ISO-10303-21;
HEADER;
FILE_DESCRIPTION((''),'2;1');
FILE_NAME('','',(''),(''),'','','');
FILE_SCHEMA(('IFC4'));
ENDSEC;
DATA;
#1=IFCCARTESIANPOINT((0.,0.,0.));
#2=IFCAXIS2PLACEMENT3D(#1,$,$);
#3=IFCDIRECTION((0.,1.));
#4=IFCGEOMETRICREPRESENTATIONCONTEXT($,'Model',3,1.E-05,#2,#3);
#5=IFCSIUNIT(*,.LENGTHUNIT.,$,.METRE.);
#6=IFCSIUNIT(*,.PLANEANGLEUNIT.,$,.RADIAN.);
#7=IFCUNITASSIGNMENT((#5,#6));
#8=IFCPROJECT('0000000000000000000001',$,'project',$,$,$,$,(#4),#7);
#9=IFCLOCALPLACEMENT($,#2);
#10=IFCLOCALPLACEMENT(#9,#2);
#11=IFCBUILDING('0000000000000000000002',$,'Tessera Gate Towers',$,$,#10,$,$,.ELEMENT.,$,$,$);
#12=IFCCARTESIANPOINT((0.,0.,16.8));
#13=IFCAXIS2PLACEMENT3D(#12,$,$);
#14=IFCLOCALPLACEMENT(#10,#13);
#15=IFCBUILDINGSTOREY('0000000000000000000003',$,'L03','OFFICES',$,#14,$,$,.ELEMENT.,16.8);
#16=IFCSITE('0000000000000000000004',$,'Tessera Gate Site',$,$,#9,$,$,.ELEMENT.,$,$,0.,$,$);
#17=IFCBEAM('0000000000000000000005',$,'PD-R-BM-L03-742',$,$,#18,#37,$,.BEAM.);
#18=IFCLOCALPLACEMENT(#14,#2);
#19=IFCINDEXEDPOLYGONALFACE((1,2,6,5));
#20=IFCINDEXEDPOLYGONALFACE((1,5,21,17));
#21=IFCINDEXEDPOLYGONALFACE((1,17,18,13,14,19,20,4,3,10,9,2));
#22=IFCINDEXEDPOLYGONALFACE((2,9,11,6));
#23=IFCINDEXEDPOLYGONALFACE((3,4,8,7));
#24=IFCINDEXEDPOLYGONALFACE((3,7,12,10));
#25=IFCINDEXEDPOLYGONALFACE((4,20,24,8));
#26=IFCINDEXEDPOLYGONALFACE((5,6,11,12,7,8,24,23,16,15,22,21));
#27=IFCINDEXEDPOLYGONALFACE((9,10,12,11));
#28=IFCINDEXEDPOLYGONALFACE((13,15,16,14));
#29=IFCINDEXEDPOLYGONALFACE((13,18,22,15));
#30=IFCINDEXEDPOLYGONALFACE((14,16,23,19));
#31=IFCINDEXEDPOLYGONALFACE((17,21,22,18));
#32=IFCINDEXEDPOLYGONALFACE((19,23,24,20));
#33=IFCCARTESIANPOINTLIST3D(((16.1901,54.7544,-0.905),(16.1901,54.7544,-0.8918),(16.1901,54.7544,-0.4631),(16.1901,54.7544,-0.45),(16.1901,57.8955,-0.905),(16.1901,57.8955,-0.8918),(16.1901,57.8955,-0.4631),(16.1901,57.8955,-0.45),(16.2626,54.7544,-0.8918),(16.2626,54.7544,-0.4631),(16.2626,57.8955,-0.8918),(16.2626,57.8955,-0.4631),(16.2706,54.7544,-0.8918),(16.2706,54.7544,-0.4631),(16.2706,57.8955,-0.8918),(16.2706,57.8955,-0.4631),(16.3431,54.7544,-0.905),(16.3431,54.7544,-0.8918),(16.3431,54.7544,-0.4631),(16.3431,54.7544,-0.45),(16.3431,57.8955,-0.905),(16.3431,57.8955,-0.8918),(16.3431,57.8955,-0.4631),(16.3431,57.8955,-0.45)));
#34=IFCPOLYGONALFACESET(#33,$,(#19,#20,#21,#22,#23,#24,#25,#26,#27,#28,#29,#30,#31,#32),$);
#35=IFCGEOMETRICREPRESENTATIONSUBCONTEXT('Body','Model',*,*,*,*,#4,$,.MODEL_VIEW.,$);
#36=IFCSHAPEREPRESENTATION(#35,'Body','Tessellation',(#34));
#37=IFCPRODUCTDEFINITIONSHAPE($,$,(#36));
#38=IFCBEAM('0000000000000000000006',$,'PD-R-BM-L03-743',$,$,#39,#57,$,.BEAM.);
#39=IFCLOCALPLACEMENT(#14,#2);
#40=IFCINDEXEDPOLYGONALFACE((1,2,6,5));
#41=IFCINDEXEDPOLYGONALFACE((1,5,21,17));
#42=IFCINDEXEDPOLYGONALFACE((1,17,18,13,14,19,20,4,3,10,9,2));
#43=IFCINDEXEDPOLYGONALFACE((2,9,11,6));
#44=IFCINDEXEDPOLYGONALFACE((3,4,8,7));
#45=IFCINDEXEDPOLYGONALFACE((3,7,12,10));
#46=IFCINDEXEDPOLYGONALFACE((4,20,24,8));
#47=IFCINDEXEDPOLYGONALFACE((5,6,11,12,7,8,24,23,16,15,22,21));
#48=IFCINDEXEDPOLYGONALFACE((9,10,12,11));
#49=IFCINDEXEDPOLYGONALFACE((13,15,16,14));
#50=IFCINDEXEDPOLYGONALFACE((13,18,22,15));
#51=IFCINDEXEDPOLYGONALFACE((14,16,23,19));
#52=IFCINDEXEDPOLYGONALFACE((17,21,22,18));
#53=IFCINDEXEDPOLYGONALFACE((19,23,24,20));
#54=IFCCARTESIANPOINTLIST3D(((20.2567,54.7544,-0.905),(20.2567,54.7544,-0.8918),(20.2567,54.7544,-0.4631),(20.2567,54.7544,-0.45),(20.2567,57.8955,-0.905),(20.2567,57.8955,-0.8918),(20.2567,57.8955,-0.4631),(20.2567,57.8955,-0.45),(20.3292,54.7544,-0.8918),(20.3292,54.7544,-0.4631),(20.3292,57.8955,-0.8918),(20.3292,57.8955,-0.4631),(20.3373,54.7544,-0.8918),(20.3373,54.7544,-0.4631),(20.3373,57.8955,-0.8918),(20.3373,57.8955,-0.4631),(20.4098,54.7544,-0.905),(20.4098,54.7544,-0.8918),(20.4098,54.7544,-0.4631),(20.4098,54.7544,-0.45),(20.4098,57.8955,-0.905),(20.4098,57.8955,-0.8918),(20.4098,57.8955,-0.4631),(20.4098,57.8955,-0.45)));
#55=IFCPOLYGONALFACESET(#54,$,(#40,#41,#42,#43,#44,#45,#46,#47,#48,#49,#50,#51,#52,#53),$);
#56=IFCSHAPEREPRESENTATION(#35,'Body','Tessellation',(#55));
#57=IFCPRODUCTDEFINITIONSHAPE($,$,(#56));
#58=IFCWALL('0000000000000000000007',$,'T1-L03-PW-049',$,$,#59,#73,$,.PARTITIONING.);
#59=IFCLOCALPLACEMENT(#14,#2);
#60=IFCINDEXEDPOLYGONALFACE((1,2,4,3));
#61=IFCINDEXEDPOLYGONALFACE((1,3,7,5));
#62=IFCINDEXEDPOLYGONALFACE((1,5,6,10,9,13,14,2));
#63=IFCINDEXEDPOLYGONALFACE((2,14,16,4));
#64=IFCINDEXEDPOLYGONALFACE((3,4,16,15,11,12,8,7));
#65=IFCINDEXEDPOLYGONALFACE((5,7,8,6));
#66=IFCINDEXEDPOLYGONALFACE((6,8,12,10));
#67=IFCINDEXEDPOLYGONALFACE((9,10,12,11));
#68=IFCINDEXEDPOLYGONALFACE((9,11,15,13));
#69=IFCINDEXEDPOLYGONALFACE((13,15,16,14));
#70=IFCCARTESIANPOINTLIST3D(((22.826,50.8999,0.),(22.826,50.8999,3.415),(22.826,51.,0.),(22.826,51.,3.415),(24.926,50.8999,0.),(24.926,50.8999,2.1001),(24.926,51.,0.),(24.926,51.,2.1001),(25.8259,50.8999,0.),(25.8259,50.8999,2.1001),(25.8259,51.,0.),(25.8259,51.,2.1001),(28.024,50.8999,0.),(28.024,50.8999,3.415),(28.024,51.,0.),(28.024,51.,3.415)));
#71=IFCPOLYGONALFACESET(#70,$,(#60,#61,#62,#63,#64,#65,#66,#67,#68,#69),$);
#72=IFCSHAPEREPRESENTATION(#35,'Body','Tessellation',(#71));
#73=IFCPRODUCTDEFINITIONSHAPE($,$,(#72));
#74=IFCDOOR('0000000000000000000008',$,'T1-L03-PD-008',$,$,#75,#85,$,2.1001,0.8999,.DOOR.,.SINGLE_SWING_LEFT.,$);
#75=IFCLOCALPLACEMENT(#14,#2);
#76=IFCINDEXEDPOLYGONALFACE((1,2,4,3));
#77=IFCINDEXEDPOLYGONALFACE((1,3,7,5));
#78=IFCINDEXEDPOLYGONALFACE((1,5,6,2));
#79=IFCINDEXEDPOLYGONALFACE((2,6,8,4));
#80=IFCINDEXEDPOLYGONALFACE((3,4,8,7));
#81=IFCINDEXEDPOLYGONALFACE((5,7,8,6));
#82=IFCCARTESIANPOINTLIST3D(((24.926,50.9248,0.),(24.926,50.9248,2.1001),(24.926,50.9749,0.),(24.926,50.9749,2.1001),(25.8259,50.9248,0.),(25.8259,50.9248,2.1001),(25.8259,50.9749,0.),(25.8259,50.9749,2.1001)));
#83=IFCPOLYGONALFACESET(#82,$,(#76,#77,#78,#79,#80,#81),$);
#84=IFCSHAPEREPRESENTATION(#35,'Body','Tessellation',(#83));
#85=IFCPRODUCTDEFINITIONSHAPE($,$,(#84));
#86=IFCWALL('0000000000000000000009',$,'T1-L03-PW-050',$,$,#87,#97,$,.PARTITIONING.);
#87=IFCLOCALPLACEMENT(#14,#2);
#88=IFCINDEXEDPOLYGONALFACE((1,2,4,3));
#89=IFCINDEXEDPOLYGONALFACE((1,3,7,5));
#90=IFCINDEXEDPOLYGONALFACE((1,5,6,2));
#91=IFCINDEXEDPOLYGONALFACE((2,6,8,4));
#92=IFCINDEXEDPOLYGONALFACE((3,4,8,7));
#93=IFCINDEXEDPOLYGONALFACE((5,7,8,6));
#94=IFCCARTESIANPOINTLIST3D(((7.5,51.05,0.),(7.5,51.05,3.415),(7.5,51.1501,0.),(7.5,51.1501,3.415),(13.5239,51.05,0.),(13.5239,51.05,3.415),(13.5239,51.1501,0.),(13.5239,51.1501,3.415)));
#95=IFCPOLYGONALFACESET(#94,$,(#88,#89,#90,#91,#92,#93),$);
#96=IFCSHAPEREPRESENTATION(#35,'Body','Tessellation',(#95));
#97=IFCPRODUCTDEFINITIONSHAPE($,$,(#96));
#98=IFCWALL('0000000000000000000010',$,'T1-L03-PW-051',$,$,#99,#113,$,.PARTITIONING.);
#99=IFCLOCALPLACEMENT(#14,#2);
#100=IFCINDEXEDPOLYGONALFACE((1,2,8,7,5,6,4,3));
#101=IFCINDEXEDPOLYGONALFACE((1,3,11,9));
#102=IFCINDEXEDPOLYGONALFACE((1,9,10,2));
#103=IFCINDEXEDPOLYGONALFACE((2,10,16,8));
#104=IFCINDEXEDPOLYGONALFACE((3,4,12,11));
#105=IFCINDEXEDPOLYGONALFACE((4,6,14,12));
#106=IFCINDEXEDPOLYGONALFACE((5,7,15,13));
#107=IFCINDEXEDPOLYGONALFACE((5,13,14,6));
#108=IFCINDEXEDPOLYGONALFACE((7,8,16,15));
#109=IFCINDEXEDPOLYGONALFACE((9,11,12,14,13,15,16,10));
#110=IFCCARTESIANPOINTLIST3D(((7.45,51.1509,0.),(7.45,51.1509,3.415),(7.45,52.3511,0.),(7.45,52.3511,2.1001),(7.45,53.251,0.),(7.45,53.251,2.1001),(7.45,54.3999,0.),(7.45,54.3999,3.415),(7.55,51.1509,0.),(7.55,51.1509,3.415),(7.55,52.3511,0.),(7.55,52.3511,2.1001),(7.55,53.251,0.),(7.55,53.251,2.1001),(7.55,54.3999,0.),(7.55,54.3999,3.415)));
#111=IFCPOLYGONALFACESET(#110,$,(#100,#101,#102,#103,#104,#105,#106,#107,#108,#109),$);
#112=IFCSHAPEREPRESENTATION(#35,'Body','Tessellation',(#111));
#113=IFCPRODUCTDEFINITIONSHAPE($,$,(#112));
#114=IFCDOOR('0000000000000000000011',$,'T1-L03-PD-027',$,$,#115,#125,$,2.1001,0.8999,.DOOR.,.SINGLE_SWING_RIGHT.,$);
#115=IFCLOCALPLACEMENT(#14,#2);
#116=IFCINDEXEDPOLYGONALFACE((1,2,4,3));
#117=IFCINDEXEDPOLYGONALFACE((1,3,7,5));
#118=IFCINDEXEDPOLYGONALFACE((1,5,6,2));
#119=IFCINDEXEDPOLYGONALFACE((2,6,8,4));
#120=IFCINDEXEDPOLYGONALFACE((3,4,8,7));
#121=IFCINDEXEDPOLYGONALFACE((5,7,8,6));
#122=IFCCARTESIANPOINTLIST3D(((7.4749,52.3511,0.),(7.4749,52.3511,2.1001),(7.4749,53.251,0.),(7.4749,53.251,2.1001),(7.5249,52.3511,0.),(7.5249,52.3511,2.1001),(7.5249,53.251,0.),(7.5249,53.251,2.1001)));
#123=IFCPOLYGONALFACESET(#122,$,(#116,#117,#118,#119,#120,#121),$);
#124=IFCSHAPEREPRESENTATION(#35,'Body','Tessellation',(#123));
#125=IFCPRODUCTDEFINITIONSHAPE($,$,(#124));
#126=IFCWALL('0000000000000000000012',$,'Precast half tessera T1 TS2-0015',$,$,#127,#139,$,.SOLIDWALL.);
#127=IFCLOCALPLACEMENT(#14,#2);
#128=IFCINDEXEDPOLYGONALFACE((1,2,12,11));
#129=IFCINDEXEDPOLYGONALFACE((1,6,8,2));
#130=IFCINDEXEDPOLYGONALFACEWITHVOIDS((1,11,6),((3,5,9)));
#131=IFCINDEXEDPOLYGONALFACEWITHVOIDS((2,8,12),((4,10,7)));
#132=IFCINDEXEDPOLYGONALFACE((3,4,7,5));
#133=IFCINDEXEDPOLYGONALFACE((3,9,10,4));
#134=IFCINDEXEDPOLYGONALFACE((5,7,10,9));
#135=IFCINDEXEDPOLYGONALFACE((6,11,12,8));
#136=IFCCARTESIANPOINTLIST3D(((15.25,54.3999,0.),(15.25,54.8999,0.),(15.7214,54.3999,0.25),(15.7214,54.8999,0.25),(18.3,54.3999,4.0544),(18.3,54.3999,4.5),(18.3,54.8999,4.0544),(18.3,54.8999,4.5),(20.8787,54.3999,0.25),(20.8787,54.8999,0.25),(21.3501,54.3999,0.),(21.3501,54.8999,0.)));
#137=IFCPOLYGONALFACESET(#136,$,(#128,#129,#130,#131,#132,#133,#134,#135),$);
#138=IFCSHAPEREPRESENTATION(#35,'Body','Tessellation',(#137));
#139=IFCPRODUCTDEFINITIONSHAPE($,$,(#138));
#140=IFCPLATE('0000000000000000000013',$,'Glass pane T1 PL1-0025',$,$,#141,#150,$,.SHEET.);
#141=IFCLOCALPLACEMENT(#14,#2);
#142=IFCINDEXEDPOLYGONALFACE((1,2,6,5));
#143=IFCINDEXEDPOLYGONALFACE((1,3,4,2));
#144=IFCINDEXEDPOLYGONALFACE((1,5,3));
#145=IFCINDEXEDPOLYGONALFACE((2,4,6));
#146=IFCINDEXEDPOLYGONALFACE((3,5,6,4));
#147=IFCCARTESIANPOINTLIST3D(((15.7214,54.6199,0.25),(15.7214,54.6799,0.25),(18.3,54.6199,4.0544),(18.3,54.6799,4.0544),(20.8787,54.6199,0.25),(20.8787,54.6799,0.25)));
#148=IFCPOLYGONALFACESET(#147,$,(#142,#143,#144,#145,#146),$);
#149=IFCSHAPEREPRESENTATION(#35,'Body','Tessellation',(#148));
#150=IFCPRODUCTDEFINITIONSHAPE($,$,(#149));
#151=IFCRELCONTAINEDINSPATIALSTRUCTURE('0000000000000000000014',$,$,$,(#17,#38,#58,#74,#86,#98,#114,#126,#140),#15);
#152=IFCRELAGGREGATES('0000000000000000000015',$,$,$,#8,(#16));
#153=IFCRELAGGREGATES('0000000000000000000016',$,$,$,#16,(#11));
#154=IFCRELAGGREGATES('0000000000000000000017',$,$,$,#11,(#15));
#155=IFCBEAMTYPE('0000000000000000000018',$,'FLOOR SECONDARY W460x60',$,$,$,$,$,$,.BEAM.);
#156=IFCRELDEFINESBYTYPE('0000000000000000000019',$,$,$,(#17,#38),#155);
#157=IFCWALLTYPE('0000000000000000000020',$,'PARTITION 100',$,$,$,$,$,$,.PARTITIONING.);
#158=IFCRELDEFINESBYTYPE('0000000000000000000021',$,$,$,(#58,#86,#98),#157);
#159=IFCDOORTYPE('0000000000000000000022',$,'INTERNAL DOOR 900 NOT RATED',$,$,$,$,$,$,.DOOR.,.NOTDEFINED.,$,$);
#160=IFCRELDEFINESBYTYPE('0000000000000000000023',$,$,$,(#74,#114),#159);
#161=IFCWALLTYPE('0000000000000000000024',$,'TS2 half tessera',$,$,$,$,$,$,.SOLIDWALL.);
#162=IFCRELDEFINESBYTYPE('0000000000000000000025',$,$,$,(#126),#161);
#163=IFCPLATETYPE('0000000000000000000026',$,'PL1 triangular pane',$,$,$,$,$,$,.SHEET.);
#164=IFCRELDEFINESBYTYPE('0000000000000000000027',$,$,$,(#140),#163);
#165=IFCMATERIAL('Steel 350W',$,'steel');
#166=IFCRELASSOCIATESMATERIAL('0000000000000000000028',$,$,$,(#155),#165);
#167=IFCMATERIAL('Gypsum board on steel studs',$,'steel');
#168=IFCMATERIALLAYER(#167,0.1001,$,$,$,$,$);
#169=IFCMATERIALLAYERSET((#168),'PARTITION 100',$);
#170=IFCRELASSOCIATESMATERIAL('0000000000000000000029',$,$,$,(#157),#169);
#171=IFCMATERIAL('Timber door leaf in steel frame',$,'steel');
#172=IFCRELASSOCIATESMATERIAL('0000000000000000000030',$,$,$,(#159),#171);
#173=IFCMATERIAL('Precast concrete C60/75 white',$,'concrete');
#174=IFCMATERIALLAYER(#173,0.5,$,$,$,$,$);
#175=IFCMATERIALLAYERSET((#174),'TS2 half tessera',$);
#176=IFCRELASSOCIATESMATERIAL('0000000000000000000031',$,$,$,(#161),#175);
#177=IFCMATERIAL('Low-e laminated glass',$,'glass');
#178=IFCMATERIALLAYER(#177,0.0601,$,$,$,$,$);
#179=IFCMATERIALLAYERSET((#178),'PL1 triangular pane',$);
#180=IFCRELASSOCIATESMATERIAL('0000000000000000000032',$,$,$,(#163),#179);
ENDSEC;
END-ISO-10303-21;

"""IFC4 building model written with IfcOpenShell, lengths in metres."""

from ifc_helpers import new_model, si_unit, direction, frame, frame_2d, origin, origin_2d, place, context, subcontext, project, spatial, polyline, rectangle, i_section, outline, extrude, source, transform, mapped, material, layer, layer_set, material_profile, profile_set, type_object, element, fill, save


model = new_model("IFC4")

# Units and contexts
model_context = context("Model", 3, precision=1e-05, world=origin(), true_north=direction((0.0, 1.0)))
body_context = subcontext(model_context, "Body", "Model", "MODEL_VIEW")
ifc_project = project(units=[si_unit("LENGTHUNIT", "METRE"), si_unit("PLANEANGLEUNIT", "RADIAN")], contexts=[model_context])

# Site, building, storey
site_placement = place(None, origin())
site = spatial("IfcSite", under=ifc_project, at=site_placement, Name="Tessera Gate Site", CompositionType="ELEMENT", RefElevation=0.0)
building_placement = place(site_placement, origin())
building = spatial("IfcBuilding", under=site, at=building_placement, Name="Tessera Gate Towers", CompositionType="ELEMENT")
storey_placement = place(building_placement, frame((0.0, 0.0, 16.8)))
storey = spatial("IfcBuildingStorey", under=building, at=storey_placement, Name="L03", Description="OFFICES", CompositionType="ELEMENT", Elevation=16.8)

# Beams
ifc_material_1 = material(Name="Steel 350W", Category="steel")
ifc_material_profile_1 = material_profile(ifc_material_1, i_section(OverallWidth=0.1531, OverallDepth=0.4551, WebThickness=0.0081, FlangeThickness=0.0132, at=origin_2d()), Name="W460x60")
ifc_profile_set_1 = profile_set([ifc_material_profile_1], Name="Steel 350W")
beam_type_1 = type_object("IfcBeamType", Name="FLOOR SECONDARY W460x60", PredefinedType="BEAM", material=ifc_profile_set_1)
for number, where, z_axis, x_axis, name in (
    (1, (16.2666, 54.7544, -0.6775), (0.0, 1.0, 0.0), (-1.0, 0.0, 0.0), "PD-R-BM-L03-742"),
    (2, (20.3333, 54.7544, -0.6775), (0.0, 1.0, 0.0), (-1.0, 0.0, 0.0), "PD-R-BM-L03-743"),
):
    element("IfcBeam", number, at=place(storey_placement, frame(where, z_axis=z_axis, x_axis=x_axis)), inside=storey, type_object=beam_type_1, Name=name, PredefinedType="BEAM", context=body_context, shape_type="SweptSolid", body=[
        extrude(i_section(OverallWidth=0.1531, OverallDepth=0.4551, WebThickness=0.0081, FlangeThickness=0.0132, at=origin_2d()), origin(), (0.0, 0.0, 1.0), 3.1411),
    ])

# Wall, opening, door
ifc_material_2 = material(Name="Gypsum board on steel studs", Category="steel")
ifc_layer_1 = layer(ifc_material_2, 0.1001)
ifc_layer_set_1 = layer_set([ifc_layer_1], Name="PARTITION 100")
wall_type_1 = type_object("IfcWallType", Name="PARTITION 100", PredefinedType="PARTITIONING", material=ifc_layer_set_1)
wall_1_placement = place(storey_placement, frame((22.8259, 50.95, 0.0), z_axis=(0.0, 0.0, 1.0), x_axis=(1.0, 0.0, 0.0)))
wall_1 = element("IfcWall", 3, at=wall_1_placement, inside=storey, type_object=wall_type_1, Name="T1-L03-PW-049", PredefinedType="PARTITIONING", context=body_context, shape_type="SweptSolid", body=[
    extrude(rectangle(XDim=5.198, YDim=0.1001, at=frame_2d((2.5991, 0.0))), origin(), (0.0, 0.0, 1.0), 3.415),
])
shared_shape_1 = source(origin(), body_context, "Body", "SweptSolid", [
    extrude(rectangle(XDim=0.8999, YDim=2.1001, at=frame_2d((0.45, 1.05))), frame((0.0, 0.0601, 0.0), z_axis=(0.0, -1.0, 0.0), x_axis=(1.0, 0.0, 0.0)), (0.0, 0.0, 1.0), 0.1201),
])
opening_1_placement = place(wall_1_placement, frame((2.1001, 0.0, 0.0)))
opening_1 = element("IfcOpeningElement", 4, at=opening_1_placement, cuts=wall_1, PredefinedType="OPENING", context=body_context, shape_type="MappedRepresentation", body=[
    mapped(shared_shape_1, transform((0.0, 0.0, 0.0), scale=1.0)),
])
ifc_material_3 = material(Name="Timber door leaf in steel frame", Category="steel")
door_type = type_object("IfcDoorType", Name="INTERNAL DOOR 900 NOT RATED", OperationType="NOTDEFINED", PredefinedType="DOOR", material=ifc_material_3)
shared_shape_2 = source(origin(), body_context, "Body", "SweptSolid", [
    extrude(rectangle(XDim=0.8999, YDim=2.1001, at=frame_2d((0.45, 1.05))), frame((0.0, 0.0249, 0.0), z_axis=(0.0, -1.0, 0.0), x_axis=(1.0, 0.0, 0.0)), (0.0, 0.0, 1.0), 0.05),
])
door_1_placement = place(opening_1_placement, origin())
door_1 = element("IfcDoor", 5, at=door_1_placement, inside=storey, type_object=door_type, Name="T1-L03-PD-008", OperationType="SINGLE_SWING_LEFT", OverallHeight=2.1001, OverallWidth=0.8999, PredefinedType="DOOR", context=body_context, shape_type="MappedRepresentation", body=[
    mapped(shared_shape_2, transform((0.0, 0.0, 0.0), scale=1.0)),
])
fill(opening_1, door_1)

# Wall
wall_2_placement = place(storey_placement, frame((7.5, 51.1001, 0.0), z_axis=(0.0, 0.0, 1.0), x_axis=(1.0, 0.0, 0.0)))
element("IfcWall", 6, at=wall_2_placement, inside=storey, type_object=wall_type_1, Name="T1-L03-PW-050", PredefinedType="PARTITIONING", context=body_context, shape_type="SweptSolid", body=[
    extrude(rectangle(XDim=6.0239, YDim=0.1001, at=frame_2d((3.012, 0.0))), origin(), (0.0, 0.0, 1.0), 3.415),
])

# Wall, opening, door
wall_3_placement = place(storey_placement, frame((7.5, 54.3999, 0.0), z_axis=(0.0, 0.0, 1.0), x_axis=(0.0, -1.0, 0.0)))
wall_3 = element("IfcWall", 7, at=wall_3_placement, inside=storey, type_object=wall_type_1, Name="T1-L03-PW-051", PredefinedType="PARTITIONING", context=body_context, shape_type="SweptSolid", body=[
    extrude(rectangle(XDim=3.249, YDim=0.1001, at=frame_2d((1.6245, 0.0))), origin(), (0.0, 0.0, 1.0), 3.415),
])
opening_2_placement = place(wall_3_placement, frame((1.1489, 0.0, 0.0)))
opening_2 = element("IfcOpeningElement", 8, at=opening_2_placement, cuts=wall_3, PredefinedType="OPENING", context=body_context, shape_type="MappedRepresentation", body=[
    mapped(shared_shape_1, transform((0.0, 0.0, 0.0), scale=1.0)),
])
door_2_placement = place(opening_2_placement, origin())
door_2 = element("IfcDoor", 9, at=door_2_placement, inside=storey, type_object=door_type, Name="T1-L03-PD-027", OperationType="SINGLE_SWING_RIGHT", OverallHeight=2.1001, OverallWidth=0.8999, PredefinedType="DOOR", context=body_context, shape_type="MappedRepresentation", body=[
    mapped(shared_shape_2, transform((0.0, 0.0, 0.0), scale=1.0)),
])
fill(opening_2, door_2)

# Wall, opening, plate
ifc_material_4 = material(Name="Precast concrete C60/75 white", Category="concrete")
ifc_layer_2 = layer(ifc_material_4, 0.5)
ifc_layer_set_2 = layer_set([ifc_layer_2], Name="TS2 half tessera")
wall_type_2 = type_object("IfcWallType", Name="TS2 half tessera", PredefinedType="SOLIDWALL", material=ifc_layer_set_2)
shared_shape_3 = source(origin(), body_context, "Body", "SweptSolid", [
    extrude(outline(polyline([(6.1001, 0.0), (3.05, 4.5), (0.0, 0.0), (6.1001, 0.0)])), frame((0.0, 0.25, 0.0), z_axis=(0.0, -1.0, 0.0), x_axis=(1.0, 0.0, 0.0)), (0.0, 0.0, 1.0), 0.5),
])
wall_4_placement = place(storey_placement, frame((21.3501, 54.6499, 0.0), z_axis=(0.0, 0.0, 1.0), x_axis=(-1.0, 0.0, 0.0)))
wall_4 = element("IfcWall", 10, at=wall_4_placement, inside=storey, type_object=wall_type_2, Name="Precast half tessera T1 TS2-0015", PredefinedType="SOLIDWALL", context=body_context, shape_type="MappedRepresentation", body=[
    mapped(shared_shape_3, transform((0.0, 0.0, 0.0), scale=1.0)),
])
shared_shape_4 = source(origin(), body_context, "Body", "SweptSolid", [
    extrude(outline(polyline([(5.6287, 0.25), (3.05, 4.0544), (0.4714, 0.25), (5.6287, 0.25)])), frame((0.0, 0.26, 0.0), z_axis=(0.0, -1.0, 0.0), x_axis=(1.0, 0.0, 0.0)), (0.0, 0.0, 1.0), 0.52),
])
opening_3_placement = place(wall_4_placement, origin())
opening_3 = element("IfcOpeningElement", 11, at=opening_3_placement, cuts=wall_4, PredefinedType="OPENING", context=body_context, shape_type="MappedRepresentation", body=[
    mapped(shared_shape_4, transform((0.0, 0.0, 0.0), scale=1.0)),
])
ifc_material_5 = material(Name="Low-e laminated glass", Category="glass")
ifc_layer_3 = layer(ifc_material_5, 0.0601)
ifc_layer_set_3 = layer_set([ifc_layer_3], Name="PL1 triangular pane")
plate_type = type_object("IfcPlateType", Name="PL1 triangular pane", PredefinedType="SHEET", material=ifc_layer_set_3)
shared_shape_5 = source(origin(), body_context, "Body", "SweptSolid", [
    extrude(outline(polyline([(5.6287, 0.25), (3.05, 4.0544), (0.4714, 0.25), (5.6287, 0.25)])), frame((0.0, 0.03, 0.0), z_axis=(0.0, -1.0, 0.0), x_axis=(1.0, 0.0, 0.0)), (0.0, 0.0, 1.0), 0.0601),
])
plate_1_placement = place(opening_3_placement, origin())
plate_1 = element("IfcPlate", 12, at=plate_1_placement, inside=storey, type_object=plate_type, Name="Glass pane T1 PL1-0025", PredefinedType="SHEET", context=body_context, shape_type="MappedRepresentation", body=[
    mapped(shared_shape_5, transform((0.0, 0.0, 0.0), scale=1.0)),
])
fill(opening_3, plate_1)

save(model, "model.ifc")
